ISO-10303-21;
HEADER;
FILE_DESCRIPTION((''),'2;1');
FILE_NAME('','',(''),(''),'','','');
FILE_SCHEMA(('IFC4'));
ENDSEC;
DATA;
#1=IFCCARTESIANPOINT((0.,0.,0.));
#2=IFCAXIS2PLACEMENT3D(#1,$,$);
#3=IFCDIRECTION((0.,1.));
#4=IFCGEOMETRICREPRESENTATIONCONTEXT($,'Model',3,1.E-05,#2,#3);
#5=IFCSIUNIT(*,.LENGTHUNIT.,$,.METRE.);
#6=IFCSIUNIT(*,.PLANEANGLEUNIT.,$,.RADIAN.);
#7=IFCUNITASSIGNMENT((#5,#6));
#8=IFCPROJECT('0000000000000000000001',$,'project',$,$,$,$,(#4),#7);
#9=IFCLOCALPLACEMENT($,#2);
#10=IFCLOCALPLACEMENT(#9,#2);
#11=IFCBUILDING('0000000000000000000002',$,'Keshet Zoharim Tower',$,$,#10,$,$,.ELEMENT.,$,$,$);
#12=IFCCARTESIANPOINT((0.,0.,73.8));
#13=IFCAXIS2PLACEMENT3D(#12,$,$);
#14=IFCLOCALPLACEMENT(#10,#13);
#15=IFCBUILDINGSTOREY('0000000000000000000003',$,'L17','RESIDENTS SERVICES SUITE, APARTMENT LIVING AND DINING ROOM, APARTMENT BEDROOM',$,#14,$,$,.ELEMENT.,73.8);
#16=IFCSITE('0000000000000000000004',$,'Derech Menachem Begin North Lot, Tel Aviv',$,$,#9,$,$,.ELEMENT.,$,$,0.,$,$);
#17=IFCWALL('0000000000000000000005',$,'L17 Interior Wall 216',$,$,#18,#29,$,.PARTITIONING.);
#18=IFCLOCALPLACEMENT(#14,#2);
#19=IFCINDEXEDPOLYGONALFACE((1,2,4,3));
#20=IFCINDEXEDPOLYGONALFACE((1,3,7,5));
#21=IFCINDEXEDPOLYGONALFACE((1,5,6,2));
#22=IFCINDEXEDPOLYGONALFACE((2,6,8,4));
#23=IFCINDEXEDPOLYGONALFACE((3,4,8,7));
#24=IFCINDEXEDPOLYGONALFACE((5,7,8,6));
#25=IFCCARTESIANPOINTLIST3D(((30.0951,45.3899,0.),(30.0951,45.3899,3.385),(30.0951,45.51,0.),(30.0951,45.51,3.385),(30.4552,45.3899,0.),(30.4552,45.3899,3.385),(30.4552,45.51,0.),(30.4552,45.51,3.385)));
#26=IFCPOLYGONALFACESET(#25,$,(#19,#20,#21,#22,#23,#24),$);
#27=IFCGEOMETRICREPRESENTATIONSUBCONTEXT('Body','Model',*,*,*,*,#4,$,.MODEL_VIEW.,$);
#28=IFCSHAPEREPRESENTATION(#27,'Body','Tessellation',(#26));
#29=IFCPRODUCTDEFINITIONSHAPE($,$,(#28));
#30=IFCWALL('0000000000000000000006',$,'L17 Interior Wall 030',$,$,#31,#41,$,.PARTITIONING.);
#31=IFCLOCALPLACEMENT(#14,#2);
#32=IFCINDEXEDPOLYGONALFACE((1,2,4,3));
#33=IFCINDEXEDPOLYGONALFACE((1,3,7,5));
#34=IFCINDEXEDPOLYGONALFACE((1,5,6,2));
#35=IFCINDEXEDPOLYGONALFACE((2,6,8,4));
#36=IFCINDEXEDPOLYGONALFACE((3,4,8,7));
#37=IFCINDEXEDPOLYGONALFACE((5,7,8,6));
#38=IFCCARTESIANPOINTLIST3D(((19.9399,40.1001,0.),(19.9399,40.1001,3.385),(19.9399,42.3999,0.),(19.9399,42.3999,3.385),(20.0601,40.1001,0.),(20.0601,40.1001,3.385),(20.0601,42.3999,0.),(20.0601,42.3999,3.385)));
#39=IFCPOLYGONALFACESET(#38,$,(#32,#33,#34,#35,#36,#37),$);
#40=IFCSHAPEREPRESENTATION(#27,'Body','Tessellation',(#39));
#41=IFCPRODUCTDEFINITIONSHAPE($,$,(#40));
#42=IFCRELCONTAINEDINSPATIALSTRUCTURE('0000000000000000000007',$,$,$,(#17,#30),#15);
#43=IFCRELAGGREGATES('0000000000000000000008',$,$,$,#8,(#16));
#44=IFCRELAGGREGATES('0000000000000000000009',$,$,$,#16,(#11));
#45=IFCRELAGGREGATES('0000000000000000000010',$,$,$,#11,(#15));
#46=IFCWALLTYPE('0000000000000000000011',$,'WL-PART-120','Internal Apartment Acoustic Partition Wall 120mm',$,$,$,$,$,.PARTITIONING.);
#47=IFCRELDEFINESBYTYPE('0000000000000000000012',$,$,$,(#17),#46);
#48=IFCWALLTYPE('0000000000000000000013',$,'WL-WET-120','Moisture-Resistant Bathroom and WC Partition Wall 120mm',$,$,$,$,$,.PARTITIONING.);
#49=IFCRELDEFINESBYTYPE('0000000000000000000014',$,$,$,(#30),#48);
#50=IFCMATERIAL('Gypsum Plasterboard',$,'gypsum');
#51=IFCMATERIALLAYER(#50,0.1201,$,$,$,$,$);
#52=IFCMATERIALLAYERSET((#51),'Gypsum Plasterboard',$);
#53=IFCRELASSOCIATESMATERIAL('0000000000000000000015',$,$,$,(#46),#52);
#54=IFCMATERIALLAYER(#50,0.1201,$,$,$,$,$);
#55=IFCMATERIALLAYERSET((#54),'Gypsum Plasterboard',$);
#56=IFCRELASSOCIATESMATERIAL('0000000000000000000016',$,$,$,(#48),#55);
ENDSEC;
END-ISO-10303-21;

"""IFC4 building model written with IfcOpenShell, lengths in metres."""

from ifc_helpers import new_model, si_unit, direction, frame, frame_2d, origin, place, context, subcontext, project, spatial, rectangle, extrude, material, layer, layer_set, type_object, element, save


model = new_model("IFC4")

# Units and contexts
model_context = context("Model", 3, precision=1e-05, world=origin(), true_north=direction((0.0, 1.0)))
body_context = subcontext(model_context, "Body", "Model", "MODEL_VIEW")
ifc_project = project(units=[si_unit("LENGTHUNIT", "METRE"), si_unit("PLANEANGLEUNIT", "RADIAN")], contexts=[model_context])

# Site, building, storey
site_placement = place(None, origin())
site = spatial("IfcSite", under=ifc_project, at=site_placement, Name="Derech Menachem Begin North Lot, Tel Aviv", CompositionType="ELEMENT", RefElevation=0.0)
building_placement = place(site_placement, origin())
building = spatial("IfcBuilding", under=site, at=building_placement, Name="Keshet Zoharim Tower", CompositionType="ELEMENT")
storey_placement = place(building_placement, frame((0.0, 0.0, 73.8)))
storey = spatial("IfcBuildingStorey", under=building, at=storey_placement, Name="L17", Description="RESIDENTS SERVICES SUITE, APARTMENT LIVING AND DINING ROOM, APARTMENT BEDROOM", CompositionType="ELEMENT", Elevation=73.8)

# Shared definitions
ifc_material_1 = material(Name="Gypsum Plasterboard", Category="gypsum")

# Shared definitions
ifc_layer_1 = layer(ifc_material_1, 0.1201)
ifc_layer_set_1 = layer_set([ifc_layer_1], Name="Gypsum Plasterboard")
wall_type_1 = type_object("IfcWallType", Name="WL-PART-120", Description="Internal Apartment Acoustic Partition Wall 120mm", PredefinedType="PARTITIONING", material=ifc_layer_set_1)

# Walls
for number, where, z_axis, x_axis, name in (
    (1, (30.095, 45.45, 0.0), (0.0, 0.0, 1.0), (1.0, 0.0, 0.0), "L17 Interior Wall 216"),
):
    element("IfcWall", number, at=place(storey_placement, frame(where, z_axis=z_axis, x_axis=x_axis)), inside=storey, type_object=wall_type_1, Name=name, PredefinedType="PARTITIONING", context=body_context, shape_type="SweptSolid", body=[
        extrude(rectangle(XDim=0.3601, YDim=0.1201, at=frame_2d((0.1802, 0.0))), origin(), (0.0, 0.0, 1.0), 3.385),
    ])
ifc_layer_2 = layer(ifc_material_1, 0.1201)
ifc_layer_set_2 = layer_set([ifc_layer_2], Name="Gypsum Plasterboard")
wall_type_2 = type_object("IfcWallType", Name="WL-WET-120", Description="Moisture-Resistant Bathroom and WC Partition Wall 120mm", PredefinedType="PARTITIONING", material=ifc_layer_set_2)
wall_1_placement = place(storey_placement, frame((20.0, 40.1001, 0.0), z_axis=(0.0, 0.0, 1.0), x_axis=(0.0, 1.0, 0.0)))
element("IfcWall", 2, at=wall_1_placement, inside=storey, type_object=wall_type_2, Name="L17 Interior Wall 030", PredefinedType="PARTITIONING", context=body_context, shape_type="SweptSolid", body=[
    extrude(rectangle(XDim=2.2998, YDim=0.1201, at=frame_2d((1.1499, 0.0))), origin(), (0.0, 0.0, 1.0), 3.385),
])

save(model, "model.ifc")
